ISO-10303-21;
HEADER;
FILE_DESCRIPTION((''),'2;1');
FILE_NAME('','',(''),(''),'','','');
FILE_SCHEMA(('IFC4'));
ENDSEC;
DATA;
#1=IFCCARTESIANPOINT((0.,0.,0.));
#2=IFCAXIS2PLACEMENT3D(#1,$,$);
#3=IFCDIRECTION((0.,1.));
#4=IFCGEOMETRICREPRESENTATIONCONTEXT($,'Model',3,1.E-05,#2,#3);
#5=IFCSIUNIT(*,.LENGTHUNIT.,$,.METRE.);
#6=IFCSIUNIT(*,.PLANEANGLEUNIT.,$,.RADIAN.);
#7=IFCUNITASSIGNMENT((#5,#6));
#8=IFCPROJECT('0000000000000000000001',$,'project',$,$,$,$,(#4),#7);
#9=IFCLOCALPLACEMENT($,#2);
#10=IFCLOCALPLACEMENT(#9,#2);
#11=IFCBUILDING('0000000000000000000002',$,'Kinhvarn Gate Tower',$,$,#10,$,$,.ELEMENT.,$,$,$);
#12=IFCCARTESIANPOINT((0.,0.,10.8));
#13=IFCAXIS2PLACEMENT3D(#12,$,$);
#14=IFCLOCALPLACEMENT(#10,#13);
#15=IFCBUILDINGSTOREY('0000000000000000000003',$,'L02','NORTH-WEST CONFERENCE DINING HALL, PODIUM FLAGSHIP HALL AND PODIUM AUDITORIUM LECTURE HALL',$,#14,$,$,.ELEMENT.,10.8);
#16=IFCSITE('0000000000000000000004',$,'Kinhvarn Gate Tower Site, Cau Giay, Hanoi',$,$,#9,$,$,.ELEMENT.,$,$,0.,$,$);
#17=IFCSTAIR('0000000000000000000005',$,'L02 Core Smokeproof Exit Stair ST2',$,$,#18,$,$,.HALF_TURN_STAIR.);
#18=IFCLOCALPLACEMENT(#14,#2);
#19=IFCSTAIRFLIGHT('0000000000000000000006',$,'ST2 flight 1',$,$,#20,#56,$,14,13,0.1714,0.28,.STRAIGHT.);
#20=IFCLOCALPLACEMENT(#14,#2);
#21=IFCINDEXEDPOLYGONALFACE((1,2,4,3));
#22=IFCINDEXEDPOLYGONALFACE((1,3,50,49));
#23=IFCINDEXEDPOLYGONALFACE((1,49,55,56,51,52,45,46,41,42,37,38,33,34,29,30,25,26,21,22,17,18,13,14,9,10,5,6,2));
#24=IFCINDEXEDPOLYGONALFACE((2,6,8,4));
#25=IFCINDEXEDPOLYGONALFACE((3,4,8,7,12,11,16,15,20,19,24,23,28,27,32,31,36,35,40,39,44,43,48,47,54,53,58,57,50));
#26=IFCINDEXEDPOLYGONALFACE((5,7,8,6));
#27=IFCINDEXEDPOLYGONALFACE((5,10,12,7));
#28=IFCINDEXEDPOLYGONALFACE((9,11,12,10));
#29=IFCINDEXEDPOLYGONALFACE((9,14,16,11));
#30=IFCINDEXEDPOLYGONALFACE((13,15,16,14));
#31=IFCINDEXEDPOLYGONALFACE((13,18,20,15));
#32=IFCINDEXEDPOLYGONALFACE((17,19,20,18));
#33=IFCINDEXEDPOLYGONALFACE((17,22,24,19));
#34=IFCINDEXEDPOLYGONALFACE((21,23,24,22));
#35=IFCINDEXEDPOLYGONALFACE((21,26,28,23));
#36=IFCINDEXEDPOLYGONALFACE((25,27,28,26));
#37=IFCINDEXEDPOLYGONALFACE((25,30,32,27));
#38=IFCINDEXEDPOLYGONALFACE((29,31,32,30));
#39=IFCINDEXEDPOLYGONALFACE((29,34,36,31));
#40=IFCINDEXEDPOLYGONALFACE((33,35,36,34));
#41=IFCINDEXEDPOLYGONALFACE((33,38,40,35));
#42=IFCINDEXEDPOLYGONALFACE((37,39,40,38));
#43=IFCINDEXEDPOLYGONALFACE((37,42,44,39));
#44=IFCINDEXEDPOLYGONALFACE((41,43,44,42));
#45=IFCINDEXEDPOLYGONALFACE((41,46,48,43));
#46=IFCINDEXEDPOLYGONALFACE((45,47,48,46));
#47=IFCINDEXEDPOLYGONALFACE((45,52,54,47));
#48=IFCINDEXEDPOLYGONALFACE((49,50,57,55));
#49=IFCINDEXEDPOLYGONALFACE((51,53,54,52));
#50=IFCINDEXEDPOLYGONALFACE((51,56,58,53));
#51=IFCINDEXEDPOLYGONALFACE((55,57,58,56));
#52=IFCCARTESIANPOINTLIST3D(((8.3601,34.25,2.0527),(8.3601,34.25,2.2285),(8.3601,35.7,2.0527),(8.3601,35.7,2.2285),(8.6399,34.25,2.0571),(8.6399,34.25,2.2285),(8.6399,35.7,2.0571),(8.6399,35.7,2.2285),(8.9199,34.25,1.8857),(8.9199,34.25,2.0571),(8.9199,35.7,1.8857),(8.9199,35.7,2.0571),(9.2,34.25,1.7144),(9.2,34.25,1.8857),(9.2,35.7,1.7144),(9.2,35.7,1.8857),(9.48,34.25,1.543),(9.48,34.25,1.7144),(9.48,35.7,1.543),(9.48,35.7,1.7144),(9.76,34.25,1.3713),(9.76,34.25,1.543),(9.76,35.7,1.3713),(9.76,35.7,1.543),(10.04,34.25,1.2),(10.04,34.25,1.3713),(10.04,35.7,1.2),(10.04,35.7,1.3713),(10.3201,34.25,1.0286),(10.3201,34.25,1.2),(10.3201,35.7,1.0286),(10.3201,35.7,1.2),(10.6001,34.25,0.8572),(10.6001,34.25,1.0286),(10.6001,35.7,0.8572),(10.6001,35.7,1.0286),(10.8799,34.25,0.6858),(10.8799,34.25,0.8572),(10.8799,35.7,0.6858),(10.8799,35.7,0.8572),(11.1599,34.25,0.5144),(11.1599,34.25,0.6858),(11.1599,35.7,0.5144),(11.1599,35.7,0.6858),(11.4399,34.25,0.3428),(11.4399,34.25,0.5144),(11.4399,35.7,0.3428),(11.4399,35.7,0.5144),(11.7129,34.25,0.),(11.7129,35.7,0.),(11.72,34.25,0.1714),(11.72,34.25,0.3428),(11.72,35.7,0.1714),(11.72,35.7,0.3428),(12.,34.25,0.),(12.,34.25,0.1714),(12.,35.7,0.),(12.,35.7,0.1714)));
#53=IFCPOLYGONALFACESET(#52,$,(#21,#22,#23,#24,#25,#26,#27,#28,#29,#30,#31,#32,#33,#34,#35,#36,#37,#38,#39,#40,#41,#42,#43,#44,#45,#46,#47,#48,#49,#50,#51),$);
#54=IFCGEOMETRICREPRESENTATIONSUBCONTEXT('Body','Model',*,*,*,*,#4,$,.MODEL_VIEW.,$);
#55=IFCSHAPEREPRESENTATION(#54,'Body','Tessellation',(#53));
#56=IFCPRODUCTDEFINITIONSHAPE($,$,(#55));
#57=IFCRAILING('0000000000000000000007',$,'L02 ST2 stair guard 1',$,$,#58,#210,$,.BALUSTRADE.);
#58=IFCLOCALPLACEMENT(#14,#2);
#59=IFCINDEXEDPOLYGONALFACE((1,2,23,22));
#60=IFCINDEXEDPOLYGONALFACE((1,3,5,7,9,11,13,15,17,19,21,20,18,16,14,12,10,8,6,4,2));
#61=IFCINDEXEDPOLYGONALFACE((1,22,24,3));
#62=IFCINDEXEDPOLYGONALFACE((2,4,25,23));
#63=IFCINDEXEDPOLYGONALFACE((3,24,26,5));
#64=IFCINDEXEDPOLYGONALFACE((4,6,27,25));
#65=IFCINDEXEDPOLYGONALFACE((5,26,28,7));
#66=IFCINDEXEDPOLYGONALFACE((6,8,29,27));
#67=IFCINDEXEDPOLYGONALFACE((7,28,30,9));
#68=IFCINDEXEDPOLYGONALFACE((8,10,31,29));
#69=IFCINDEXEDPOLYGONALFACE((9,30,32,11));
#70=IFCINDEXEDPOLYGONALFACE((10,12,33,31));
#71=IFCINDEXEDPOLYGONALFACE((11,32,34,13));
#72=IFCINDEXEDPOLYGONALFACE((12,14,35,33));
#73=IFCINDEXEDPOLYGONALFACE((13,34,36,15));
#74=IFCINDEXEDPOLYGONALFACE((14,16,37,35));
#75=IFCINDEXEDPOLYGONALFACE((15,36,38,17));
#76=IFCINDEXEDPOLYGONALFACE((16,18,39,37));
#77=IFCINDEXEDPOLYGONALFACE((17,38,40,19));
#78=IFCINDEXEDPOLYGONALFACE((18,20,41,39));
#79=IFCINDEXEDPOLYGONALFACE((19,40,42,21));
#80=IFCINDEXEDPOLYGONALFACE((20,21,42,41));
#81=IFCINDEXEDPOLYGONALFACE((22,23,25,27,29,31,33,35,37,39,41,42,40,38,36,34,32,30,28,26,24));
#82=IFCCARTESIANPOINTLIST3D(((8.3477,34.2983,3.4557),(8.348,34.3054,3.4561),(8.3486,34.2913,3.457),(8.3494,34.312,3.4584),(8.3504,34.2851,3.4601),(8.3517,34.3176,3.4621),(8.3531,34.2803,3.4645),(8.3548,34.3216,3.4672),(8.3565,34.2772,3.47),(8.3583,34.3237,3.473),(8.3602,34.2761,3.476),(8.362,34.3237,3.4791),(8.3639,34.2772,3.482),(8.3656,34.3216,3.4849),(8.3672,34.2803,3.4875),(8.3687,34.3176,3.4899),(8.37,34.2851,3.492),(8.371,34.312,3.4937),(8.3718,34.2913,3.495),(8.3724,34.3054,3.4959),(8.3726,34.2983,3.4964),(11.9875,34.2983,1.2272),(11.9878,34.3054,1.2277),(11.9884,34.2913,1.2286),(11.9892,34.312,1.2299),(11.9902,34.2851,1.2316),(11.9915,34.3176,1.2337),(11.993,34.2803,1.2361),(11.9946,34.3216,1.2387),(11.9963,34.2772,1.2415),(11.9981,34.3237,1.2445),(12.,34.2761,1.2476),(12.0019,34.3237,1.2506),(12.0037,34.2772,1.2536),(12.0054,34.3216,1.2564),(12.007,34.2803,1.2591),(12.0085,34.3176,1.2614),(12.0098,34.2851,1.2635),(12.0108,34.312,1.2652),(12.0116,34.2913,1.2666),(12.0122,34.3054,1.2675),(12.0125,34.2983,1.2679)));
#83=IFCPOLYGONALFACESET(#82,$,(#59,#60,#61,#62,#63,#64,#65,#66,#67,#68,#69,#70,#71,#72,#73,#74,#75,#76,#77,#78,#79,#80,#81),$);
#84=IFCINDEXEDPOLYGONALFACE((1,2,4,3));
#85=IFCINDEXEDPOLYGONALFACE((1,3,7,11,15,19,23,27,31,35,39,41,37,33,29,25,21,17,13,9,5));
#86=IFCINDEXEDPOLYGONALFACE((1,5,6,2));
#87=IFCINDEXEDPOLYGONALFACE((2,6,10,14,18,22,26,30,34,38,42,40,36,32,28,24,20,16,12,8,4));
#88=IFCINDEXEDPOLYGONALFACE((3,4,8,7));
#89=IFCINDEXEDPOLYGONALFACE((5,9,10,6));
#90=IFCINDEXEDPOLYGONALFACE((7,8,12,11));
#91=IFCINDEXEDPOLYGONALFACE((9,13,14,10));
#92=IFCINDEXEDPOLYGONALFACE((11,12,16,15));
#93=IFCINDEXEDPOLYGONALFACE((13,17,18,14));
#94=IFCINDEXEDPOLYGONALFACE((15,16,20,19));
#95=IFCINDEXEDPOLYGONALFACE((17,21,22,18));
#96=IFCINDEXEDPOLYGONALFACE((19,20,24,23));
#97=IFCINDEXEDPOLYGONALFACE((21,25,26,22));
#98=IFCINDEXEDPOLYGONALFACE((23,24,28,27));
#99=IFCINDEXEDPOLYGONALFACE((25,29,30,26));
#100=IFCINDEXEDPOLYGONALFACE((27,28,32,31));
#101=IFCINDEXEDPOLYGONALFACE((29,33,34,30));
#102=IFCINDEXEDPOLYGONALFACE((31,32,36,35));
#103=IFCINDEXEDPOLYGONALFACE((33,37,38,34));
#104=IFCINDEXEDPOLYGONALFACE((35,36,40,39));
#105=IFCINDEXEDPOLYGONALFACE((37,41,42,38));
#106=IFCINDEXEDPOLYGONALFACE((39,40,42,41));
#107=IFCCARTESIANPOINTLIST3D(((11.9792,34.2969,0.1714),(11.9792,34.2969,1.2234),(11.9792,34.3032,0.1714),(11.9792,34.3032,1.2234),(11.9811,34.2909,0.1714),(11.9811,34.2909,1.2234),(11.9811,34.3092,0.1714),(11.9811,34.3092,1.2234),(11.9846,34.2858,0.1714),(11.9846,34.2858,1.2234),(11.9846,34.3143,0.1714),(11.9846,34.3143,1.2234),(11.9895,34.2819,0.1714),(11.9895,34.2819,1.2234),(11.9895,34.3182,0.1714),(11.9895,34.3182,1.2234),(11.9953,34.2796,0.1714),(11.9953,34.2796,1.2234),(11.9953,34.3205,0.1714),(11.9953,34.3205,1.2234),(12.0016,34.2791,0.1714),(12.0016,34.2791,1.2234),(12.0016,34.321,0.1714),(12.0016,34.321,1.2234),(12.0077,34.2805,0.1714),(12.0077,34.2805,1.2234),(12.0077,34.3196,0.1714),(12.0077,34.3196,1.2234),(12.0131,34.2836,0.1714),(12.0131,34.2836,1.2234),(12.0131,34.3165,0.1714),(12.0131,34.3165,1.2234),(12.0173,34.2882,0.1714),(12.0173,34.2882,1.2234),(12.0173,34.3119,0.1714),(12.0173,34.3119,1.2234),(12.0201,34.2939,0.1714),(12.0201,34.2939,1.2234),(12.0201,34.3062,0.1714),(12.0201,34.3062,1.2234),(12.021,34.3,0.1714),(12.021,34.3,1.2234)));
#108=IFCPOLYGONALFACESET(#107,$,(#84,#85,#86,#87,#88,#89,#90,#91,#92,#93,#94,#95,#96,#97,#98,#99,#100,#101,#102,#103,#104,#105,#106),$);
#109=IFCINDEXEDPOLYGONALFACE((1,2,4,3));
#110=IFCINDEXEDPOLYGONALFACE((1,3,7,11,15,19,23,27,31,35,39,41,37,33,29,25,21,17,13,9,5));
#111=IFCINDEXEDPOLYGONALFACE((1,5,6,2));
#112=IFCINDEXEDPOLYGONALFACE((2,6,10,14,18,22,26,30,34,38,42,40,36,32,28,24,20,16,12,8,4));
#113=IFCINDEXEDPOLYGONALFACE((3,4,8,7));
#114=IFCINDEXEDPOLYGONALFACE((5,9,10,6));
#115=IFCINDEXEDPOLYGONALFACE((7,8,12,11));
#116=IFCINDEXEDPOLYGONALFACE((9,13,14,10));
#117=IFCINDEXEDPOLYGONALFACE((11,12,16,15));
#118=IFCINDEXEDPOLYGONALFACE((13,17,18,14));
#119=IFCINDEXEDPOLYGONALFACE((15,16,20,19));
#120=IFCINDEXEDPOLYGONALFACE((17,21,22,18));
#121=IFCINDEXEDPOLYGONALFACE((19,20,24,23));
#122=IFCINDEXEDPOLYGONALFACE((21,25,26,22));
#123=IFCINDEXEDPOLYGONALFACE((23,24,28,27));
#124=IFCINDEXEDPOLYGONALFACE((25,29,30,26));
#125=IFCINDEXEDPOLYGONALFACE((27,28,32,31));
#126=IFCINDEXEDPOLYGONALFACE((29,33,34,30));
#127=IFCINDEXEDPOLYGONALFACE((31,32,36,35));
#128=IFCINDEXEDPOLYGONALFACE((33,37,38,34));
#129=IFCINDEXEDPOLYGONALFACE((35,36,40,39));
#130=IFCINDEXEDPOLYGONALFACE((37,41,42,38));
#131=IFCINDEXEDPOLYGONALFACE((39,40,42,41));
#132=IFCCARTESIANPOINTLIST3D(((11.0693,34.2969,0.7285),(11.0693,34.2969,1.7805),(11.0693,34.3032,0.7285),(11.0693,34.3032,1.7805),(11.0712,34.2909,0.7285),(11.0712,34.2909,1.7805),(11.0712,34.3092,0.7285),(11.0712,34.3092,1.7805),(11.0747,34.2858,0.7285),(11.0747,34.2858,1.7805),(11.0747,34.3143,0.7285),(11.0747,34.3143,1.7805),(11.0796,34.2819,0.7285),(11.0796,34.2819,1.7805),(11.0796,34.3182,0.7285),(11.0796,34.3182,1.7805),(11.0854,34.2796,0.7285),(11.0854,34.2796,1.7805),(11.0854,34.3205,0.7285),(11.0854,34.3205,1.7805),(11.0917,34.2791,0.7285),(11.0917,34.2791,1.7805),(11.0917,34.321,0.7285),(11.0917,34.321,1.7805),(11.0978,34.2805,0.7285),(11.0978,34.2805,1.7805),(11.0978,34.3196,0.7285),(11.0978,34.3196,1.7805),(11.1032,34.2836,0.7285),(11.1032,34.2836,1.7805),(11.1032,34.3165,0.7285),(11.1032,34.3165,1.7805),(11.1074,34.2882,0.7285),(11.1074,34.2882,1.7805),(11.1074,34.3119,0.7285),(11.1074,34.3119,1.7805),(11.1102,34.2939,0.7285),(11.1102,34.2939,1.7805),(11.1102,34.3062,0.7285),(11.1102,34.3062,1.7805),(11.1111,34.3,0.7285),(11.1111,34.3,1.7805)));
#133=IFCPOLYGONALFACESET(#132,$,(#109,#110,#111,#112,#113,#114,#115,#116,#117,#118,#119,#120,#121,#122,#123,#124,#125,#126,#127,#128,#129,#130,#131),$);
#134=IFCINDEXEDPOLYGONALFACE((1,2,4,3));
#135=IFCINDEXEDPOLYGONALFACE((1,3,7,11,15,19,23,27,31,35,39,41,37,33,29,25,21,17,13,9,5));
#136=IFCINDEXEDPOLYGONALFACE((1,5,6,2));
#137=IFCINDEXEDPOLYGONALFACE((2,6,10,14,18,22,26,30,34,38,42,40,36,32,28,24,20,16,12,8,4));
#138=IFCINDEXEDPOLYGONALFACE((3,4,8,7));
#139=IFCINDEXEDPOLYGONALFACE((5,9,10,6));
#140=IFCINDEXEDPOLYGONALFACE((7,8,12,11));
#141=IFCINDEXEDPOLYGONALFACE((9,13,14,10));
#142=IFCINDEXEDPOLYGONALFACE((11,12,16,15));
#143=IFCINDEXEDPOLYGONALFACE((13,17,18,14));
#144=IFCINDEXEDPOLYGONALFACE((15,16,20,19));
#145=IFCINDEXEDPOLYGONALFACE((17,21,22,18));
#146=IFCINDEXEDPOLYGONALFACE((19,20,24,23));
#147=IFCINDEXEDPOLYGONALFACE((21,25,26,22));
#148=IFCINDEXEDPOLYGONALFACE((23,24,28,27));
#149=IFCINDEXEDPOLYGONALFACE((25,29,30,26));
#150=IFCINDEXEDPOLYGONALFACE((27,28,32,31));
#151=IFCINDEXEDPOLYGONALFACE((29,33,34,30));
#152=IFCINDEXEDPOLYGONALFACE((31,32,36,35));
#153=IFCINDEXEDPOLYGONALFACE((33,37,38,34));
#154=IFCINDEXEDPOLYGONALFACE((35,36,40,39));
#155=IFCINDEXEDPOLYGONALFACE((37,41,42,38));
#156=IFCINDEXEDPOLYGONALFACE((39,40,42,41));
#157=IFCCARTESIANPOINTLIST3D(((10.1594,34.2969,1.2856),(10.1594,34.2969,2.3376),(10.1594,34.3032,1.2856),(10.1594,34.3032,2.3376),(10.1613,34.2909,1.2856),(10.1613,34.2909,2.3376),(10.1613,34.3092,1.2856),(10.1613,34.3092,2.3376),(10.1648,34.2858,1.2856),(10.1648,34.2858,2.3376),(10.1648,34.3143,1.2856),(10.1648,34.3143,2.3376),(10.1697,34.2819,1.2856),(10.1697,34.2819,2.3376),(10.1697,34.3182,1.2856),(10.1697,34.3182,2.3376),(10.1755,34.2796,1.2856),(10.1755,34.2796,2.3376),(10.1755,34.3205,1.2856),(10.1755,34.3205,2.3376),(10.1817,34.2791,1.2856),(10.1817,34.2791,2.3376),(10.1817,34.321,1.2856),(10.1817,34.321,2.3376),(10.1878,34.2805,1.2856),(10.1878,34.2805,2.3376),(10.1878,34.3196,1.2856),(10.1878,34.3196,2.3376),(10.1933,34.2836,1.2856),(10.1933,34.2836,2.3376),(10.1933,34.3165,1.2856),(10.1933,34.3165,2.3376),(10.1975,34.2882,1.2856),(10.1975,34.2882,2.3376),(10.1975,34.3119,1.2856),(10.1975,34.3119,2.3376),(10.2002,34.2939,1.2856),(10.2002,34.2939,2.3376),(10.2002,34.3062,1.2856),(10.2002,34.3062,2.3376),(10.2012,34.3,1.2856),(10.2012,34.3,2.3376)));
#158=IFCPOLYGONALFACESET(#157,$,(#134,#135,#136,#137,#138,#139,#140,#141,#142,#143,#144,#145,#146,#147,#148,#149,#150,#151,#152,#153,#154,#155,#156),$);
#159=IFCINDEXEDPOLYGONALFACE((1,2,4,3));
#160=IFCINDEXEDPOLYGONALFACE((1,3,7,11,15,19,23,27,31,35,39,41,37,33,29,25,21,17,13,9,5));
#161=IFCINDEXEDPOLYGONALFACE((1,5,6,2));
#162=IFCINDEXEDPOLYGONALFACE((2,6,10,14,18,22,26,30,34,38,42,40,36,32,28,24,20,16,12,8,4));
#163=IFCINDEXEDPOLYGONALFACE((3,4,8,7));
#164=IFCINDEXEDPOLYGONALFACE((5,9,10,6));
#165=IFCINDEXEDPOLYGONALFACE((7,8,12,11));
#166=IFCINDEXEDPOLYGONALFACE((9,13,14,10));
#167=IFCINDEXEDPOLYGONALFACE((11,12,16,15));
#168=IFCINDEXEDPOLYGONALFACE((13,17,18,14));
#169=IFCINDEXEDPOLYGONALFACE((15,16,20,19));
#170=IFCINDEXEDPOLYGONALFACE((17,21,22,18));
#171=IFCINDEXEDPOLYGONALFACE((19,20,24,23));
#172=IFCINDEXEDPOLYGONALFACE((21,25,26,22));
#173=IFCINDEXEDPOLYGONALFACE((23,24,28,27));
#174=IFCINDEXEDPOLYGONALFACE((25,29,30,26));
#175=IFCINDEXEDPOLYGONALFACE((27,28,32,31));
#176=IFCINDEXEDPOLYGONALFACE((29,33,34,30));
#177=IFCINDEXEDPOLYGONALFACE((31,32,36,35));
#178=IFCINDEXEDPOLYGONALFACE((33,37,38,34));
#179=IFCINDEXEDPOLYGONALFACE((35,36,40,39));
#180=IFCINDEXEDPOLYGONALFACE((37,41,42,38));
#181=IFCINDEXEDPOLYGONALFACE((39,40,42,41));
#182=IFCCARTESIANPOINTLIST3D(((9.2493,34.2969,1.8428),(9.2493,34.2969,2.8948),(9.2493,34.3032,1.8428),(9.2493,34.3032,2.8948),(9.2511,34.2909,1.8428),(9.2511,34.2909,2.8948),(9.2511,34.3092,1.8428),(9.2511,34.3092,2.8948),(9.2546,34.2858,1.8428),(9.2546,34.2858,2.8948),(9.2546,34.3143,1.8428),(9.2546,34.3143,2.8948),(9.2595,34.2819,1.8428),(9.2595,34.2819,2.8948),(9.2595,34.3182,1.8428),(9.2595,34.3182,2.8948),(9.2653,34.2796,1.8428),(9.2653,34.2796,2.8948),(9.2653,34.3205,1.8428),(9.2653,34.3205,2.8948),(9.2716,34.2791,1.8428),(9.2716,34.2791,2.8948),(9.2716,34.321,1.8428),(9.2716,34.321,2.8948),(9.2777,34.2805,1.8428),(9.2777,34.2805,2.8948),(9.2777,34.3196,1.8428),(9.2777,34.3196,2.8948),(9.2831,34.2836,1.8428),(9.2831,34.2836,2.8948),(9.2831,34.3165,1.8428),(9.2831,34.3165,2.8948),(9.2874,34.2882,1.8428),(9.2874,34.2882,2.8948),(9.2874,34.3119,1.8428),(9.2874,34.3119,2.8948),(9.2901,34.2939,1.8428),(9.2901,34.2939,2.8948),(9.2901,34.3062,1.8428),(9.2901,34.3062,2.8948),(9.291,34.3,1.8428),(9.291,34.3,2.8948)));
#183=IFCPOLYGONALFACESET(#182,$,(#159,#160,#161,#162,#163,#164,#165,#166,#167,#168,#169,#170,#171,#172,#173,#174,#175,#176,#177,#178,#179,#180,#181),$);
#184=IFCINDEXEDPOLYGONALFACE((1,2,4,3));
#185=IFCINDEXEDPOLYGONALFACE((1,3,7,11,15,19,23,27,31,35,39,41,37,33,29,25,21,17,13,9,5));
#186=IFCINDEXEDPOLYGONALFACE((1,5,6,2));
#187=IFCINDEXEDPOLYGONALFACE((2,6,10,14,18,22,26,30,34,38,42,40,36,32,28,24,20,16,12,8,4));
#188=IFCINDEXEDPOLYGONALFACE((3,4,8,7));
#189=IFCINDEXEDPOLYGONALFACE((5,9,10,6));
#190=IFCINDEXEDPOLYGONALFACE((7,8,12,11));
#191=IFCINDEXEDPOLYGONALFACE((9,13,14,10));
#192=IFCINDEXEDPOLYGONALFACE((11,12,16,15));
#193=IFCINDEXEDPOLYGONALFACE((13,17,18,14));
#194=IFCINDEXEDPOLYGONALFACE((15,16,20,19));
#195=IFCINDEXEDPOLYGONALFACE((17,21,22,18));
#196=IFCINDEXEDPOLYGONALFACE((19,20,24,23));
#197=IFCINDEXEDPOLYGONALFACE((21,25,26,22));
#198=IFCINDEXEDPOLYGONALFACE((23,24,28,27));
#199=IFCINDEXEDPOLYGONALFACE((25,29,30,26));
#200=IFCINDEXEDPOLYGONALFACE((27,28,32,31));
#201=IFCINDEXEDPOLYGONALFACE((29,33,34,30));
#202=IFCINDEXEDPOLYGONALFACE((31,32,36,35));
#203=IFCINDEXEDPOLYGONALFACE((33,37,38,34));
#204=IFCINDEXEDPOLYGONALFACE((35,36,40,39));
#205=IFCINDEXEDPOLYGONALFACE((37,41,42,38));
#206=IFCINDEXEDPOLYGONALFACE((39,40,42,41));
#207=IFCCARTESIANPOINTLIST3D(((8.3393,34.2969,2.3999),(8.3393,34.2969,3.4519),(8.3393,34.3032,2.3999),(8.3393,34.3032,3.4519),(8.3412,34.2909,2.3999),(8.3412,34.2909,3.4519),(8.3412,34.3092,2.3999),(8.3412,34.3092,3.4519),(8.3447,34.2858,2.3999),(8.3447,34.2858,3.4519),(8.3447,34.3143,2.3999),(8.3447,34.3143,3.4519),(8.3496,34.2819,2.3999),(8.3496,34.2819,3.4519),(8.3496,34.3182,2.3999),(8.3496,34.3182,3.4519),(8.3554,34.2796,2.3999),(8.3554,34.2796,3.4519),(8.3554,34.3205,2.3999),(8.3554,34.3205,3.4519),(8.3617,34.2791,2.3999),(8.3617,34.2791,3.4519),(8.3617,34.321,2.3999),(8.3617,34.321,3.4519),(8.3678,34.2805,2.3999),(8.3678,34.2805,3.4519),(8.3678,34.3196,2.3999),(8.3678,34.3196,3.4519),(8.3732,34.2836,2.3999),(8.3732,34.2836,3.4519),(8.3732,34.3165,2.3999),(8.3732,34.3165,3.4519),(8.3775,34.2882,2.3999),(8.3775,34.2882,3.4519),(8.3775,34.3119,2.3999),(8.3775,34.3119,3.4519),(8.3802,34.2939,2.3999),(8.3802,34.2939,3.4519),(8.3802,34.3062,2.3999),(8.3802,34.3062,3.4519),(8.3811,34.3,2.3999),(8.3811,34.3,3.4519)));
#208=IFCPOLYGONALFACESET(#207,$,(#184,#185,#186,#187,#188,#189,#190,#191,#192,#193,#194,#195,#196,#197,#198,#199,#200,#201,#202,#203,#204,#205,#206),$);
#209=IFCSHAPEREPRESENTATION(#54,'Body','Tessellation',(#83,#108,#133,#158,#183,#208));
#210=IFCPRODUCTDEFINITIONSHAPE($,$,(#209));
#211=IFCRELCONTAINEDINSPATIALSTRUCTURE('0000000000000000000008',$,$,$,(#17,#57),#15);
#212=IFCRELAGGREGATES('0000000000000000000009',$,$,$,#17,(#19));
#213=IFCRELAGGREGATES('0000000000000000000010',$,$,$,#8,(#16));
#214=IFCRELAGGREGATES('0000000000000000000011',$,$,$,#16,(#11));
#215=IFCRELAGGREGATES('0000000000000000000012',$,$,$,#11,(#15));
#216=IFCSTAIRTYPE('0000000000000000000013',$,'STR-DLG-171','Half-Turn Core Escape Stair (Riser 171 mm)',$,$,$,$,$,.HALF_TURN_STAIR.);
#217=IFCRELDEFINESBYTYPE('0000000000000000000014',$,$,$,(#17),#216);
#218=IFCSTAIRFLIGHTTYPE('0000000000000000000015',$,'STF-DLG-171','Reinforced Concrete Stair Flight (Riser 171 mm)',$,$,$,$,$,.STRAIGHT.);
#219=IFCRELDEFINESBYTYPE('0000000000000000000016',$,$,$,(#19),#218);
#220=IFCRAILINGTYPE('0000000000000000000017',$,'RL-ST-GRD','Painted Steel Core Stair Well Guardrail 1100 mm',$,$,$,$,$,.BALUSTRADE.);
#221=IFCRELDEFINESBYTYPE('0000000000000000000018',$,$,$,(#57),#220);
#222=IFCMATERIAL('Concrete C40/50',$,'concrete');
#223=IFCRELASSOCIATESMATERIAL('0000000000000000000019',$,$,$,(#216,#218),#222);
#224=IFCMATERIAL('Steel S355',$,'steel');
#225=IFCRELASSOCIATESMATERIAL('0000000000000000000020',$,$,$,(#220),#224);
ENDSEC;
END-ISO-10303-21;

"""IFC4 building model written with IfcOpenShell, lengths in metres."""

from ifc_helpers import new_model, si_unit, direction, frame, origin, origin_2d, place, context, subcontext, project, spatial, polyline, circle, outline, extrude, material, type_object, element, aggregate, save


model = new_model("IFC4")

# Units and contexts
model_context = context("Model", 3, precision=1e-05, world=origin(), true_north=direction((0.0, 1.0)))
body_context = subcontext(model_context, "Body", "Model", "MODEL_VIEW")
ifc_project = project(units=[si_unit("LENGTHUNIT", "METRE"), si_unit("PLANEANGLEUNIT", "RADIAN")], contexts=[model_context])

# Site, building, storey
site_placement = place(None, origin())
site = spatial("IfcSite", under=ifc_project, at=site_placement, Name="Kinhvarn Gate Tower Site, Cau Giay, Hanoi", CompositionType="ELEMENT", RefElevation=0.0)
building_placement = place(site_placement, origin())
building = spatial("IfcBuilding", under=site, at=building_placement, Name="Kinhvarn Gate Tower", CompositionType="ELEMENT")
storey_placement = place(building_placement, frame((0.0, 0.0, 10.8)))
storey = spatial("IfcBuildingStorey", under=building, at=storey_placement, Name="L02", Description="NORTH-WEST CONFERENCE DINING HALL, PODIUM FLAGSHIP HALL AND PODIUM AUDITORIUM LECTURE HALL", CompositionType="ELEMENT", Elevation=10.8)

# Shared definitions
ifc_material_1 = material(Name="Steel S355", Category="steel")

# Stair, stair flight
ifc_material_2 = material(Name="Concrete C40/50", Category="concrete")
stair_type = type_object("IfcStairType", Name="STR-DLG-171", Description="Half-Turn Core Escape Stair (Riser 171 mm)", PredefinedType="HALF_TURN_STAIR", material=ifc_material_2)
stair_placement = place(storey_placement, origin())
stair = element("IfcStair", 1, at=stair_placement, inside=storey, type_object=stair_type, Name="L02 Core Smokeproof Exit Stair ST2", PredefinedType="HALF_TURN_STAIR")
stair_flight_type = type_object("IfcStairFlightType", Name="STF-DLG-171", Description="Reinforced Concrete Stair Flight (Riser 171 mm)", PredefinedType="STRAIGHT", material=ifc_material_2)
stair_flight_placement = place(storey_placement, frame((12.0, 34.9751, 0.0), z_axis=(0.0, 0.0, 1.0), x_axis=(-1.0, 0.0, 0.0)))
stair_flight = element("IfcStairFlight", 2, at=stair_flight_placement, type_object=stair_flight_type, Name="ST2 flight 1", NumberOfRisers=14, NumberOfTreads=13, PredefinedType="STRAIGHT", RiserHeight=0.1714, TreadLength=0.28, context=body_context, shape_type="SweptSolid", body=[
    extrude(outline(polyline([(0.0, 0.0), (0.0, 0.1714), (0.28, 0.1714), (0.28, 0.3428), (0.5601, 0.3428), (0.5601, 0.5144), (0.8401, 0.5144), (0.8401, 0.6858), (1.1201, 0.6858), (1.1201, 0.8572), (1.3999, 0.8572), (1.3999, 1.0286), (1.6799, 1.0286), (1.6799, 1.2), (1.96, 1.2), (1.96, 1.3713), (2.24, 1.3713), (2.24, 1.543), (2.52, 1.543), (2.52, 1.7144), (2.8, 1.7144), (2.8, 1.8857), (3.0801, 1.8857), (3.0801, 2.0571), (3.3601, 2.0571), (3.3601, 2.2285), (3.6399, 2.2285), (3.6399, 2.3999), (3.6399, 2.0527), (0.2871, 0.0), (0.0, 0.0)])), frame((0.0, 0.7251, 0.0), z_axis=(0.0, -1.0, 0.0), x_axis=(1.0, 0.0, 0.0)), (0.0, 0.0, 1.0), 1.45),
])
aggregate(stair, [stair_flight])

# Railing
railing_type_1 = type_object("IfcRailingType", Name="RL-ST-GRD", Description="Painted Steel Core Stair Well Guardrail 1100 mm", PredefinedType="BALUSTRADE", material=ifc_material_1)
railing_1_placement = place(storey_placement, frame((12.0, 34.3, 0.1714)))
element("IfcRailing", 3, at=railing_1_placement, inside=storey, type_object=railing_type_1, Name="L02 ST2 stair guard 1", PredefinedType="BALUSTRADE", context=body_context, shape_type="SweptSolid", body=[
    extrude(circle(Radius=0.0239, at=origin_2d()), frame((0.0, 0.0, 1.0762), z_axis=(-0.85285, 0.0, 0.522156), x_axis=(0.0, -1.0, 0.0)), (0.0, 0.0, 1.0), 4.2678),
    extrude(circle(Radius=0.021, at=origin_2d()), origin(), (0.0, 0.0, 1.0), 1.052),
    extrude(circle(Radius=0.021, at=origin_2d()), frame((-0.9099, 0.0, 0.5571)), (0.0, 0.0, 1.0), 1.052),
    extrude(circle(Radius=0.021, at=origin_2d()), frame((-1.8198, 0.0, 1.1143)), (0.0, 0.0, 1.0), 1.052),
    extrude(circle(Radius=0.021, at=origin_2d()), frame((-2.73, 0.0, 1.6714)), (0.0, 0.0, 1.0), 1.052),
    extrude(circle(Radius=0.021, at=origin_2d()), frame((-3.6399, 0.0, 2.2285)), (0.0, 0.0, 1.0), 1.052),
])

save(model, "model.ifc")
